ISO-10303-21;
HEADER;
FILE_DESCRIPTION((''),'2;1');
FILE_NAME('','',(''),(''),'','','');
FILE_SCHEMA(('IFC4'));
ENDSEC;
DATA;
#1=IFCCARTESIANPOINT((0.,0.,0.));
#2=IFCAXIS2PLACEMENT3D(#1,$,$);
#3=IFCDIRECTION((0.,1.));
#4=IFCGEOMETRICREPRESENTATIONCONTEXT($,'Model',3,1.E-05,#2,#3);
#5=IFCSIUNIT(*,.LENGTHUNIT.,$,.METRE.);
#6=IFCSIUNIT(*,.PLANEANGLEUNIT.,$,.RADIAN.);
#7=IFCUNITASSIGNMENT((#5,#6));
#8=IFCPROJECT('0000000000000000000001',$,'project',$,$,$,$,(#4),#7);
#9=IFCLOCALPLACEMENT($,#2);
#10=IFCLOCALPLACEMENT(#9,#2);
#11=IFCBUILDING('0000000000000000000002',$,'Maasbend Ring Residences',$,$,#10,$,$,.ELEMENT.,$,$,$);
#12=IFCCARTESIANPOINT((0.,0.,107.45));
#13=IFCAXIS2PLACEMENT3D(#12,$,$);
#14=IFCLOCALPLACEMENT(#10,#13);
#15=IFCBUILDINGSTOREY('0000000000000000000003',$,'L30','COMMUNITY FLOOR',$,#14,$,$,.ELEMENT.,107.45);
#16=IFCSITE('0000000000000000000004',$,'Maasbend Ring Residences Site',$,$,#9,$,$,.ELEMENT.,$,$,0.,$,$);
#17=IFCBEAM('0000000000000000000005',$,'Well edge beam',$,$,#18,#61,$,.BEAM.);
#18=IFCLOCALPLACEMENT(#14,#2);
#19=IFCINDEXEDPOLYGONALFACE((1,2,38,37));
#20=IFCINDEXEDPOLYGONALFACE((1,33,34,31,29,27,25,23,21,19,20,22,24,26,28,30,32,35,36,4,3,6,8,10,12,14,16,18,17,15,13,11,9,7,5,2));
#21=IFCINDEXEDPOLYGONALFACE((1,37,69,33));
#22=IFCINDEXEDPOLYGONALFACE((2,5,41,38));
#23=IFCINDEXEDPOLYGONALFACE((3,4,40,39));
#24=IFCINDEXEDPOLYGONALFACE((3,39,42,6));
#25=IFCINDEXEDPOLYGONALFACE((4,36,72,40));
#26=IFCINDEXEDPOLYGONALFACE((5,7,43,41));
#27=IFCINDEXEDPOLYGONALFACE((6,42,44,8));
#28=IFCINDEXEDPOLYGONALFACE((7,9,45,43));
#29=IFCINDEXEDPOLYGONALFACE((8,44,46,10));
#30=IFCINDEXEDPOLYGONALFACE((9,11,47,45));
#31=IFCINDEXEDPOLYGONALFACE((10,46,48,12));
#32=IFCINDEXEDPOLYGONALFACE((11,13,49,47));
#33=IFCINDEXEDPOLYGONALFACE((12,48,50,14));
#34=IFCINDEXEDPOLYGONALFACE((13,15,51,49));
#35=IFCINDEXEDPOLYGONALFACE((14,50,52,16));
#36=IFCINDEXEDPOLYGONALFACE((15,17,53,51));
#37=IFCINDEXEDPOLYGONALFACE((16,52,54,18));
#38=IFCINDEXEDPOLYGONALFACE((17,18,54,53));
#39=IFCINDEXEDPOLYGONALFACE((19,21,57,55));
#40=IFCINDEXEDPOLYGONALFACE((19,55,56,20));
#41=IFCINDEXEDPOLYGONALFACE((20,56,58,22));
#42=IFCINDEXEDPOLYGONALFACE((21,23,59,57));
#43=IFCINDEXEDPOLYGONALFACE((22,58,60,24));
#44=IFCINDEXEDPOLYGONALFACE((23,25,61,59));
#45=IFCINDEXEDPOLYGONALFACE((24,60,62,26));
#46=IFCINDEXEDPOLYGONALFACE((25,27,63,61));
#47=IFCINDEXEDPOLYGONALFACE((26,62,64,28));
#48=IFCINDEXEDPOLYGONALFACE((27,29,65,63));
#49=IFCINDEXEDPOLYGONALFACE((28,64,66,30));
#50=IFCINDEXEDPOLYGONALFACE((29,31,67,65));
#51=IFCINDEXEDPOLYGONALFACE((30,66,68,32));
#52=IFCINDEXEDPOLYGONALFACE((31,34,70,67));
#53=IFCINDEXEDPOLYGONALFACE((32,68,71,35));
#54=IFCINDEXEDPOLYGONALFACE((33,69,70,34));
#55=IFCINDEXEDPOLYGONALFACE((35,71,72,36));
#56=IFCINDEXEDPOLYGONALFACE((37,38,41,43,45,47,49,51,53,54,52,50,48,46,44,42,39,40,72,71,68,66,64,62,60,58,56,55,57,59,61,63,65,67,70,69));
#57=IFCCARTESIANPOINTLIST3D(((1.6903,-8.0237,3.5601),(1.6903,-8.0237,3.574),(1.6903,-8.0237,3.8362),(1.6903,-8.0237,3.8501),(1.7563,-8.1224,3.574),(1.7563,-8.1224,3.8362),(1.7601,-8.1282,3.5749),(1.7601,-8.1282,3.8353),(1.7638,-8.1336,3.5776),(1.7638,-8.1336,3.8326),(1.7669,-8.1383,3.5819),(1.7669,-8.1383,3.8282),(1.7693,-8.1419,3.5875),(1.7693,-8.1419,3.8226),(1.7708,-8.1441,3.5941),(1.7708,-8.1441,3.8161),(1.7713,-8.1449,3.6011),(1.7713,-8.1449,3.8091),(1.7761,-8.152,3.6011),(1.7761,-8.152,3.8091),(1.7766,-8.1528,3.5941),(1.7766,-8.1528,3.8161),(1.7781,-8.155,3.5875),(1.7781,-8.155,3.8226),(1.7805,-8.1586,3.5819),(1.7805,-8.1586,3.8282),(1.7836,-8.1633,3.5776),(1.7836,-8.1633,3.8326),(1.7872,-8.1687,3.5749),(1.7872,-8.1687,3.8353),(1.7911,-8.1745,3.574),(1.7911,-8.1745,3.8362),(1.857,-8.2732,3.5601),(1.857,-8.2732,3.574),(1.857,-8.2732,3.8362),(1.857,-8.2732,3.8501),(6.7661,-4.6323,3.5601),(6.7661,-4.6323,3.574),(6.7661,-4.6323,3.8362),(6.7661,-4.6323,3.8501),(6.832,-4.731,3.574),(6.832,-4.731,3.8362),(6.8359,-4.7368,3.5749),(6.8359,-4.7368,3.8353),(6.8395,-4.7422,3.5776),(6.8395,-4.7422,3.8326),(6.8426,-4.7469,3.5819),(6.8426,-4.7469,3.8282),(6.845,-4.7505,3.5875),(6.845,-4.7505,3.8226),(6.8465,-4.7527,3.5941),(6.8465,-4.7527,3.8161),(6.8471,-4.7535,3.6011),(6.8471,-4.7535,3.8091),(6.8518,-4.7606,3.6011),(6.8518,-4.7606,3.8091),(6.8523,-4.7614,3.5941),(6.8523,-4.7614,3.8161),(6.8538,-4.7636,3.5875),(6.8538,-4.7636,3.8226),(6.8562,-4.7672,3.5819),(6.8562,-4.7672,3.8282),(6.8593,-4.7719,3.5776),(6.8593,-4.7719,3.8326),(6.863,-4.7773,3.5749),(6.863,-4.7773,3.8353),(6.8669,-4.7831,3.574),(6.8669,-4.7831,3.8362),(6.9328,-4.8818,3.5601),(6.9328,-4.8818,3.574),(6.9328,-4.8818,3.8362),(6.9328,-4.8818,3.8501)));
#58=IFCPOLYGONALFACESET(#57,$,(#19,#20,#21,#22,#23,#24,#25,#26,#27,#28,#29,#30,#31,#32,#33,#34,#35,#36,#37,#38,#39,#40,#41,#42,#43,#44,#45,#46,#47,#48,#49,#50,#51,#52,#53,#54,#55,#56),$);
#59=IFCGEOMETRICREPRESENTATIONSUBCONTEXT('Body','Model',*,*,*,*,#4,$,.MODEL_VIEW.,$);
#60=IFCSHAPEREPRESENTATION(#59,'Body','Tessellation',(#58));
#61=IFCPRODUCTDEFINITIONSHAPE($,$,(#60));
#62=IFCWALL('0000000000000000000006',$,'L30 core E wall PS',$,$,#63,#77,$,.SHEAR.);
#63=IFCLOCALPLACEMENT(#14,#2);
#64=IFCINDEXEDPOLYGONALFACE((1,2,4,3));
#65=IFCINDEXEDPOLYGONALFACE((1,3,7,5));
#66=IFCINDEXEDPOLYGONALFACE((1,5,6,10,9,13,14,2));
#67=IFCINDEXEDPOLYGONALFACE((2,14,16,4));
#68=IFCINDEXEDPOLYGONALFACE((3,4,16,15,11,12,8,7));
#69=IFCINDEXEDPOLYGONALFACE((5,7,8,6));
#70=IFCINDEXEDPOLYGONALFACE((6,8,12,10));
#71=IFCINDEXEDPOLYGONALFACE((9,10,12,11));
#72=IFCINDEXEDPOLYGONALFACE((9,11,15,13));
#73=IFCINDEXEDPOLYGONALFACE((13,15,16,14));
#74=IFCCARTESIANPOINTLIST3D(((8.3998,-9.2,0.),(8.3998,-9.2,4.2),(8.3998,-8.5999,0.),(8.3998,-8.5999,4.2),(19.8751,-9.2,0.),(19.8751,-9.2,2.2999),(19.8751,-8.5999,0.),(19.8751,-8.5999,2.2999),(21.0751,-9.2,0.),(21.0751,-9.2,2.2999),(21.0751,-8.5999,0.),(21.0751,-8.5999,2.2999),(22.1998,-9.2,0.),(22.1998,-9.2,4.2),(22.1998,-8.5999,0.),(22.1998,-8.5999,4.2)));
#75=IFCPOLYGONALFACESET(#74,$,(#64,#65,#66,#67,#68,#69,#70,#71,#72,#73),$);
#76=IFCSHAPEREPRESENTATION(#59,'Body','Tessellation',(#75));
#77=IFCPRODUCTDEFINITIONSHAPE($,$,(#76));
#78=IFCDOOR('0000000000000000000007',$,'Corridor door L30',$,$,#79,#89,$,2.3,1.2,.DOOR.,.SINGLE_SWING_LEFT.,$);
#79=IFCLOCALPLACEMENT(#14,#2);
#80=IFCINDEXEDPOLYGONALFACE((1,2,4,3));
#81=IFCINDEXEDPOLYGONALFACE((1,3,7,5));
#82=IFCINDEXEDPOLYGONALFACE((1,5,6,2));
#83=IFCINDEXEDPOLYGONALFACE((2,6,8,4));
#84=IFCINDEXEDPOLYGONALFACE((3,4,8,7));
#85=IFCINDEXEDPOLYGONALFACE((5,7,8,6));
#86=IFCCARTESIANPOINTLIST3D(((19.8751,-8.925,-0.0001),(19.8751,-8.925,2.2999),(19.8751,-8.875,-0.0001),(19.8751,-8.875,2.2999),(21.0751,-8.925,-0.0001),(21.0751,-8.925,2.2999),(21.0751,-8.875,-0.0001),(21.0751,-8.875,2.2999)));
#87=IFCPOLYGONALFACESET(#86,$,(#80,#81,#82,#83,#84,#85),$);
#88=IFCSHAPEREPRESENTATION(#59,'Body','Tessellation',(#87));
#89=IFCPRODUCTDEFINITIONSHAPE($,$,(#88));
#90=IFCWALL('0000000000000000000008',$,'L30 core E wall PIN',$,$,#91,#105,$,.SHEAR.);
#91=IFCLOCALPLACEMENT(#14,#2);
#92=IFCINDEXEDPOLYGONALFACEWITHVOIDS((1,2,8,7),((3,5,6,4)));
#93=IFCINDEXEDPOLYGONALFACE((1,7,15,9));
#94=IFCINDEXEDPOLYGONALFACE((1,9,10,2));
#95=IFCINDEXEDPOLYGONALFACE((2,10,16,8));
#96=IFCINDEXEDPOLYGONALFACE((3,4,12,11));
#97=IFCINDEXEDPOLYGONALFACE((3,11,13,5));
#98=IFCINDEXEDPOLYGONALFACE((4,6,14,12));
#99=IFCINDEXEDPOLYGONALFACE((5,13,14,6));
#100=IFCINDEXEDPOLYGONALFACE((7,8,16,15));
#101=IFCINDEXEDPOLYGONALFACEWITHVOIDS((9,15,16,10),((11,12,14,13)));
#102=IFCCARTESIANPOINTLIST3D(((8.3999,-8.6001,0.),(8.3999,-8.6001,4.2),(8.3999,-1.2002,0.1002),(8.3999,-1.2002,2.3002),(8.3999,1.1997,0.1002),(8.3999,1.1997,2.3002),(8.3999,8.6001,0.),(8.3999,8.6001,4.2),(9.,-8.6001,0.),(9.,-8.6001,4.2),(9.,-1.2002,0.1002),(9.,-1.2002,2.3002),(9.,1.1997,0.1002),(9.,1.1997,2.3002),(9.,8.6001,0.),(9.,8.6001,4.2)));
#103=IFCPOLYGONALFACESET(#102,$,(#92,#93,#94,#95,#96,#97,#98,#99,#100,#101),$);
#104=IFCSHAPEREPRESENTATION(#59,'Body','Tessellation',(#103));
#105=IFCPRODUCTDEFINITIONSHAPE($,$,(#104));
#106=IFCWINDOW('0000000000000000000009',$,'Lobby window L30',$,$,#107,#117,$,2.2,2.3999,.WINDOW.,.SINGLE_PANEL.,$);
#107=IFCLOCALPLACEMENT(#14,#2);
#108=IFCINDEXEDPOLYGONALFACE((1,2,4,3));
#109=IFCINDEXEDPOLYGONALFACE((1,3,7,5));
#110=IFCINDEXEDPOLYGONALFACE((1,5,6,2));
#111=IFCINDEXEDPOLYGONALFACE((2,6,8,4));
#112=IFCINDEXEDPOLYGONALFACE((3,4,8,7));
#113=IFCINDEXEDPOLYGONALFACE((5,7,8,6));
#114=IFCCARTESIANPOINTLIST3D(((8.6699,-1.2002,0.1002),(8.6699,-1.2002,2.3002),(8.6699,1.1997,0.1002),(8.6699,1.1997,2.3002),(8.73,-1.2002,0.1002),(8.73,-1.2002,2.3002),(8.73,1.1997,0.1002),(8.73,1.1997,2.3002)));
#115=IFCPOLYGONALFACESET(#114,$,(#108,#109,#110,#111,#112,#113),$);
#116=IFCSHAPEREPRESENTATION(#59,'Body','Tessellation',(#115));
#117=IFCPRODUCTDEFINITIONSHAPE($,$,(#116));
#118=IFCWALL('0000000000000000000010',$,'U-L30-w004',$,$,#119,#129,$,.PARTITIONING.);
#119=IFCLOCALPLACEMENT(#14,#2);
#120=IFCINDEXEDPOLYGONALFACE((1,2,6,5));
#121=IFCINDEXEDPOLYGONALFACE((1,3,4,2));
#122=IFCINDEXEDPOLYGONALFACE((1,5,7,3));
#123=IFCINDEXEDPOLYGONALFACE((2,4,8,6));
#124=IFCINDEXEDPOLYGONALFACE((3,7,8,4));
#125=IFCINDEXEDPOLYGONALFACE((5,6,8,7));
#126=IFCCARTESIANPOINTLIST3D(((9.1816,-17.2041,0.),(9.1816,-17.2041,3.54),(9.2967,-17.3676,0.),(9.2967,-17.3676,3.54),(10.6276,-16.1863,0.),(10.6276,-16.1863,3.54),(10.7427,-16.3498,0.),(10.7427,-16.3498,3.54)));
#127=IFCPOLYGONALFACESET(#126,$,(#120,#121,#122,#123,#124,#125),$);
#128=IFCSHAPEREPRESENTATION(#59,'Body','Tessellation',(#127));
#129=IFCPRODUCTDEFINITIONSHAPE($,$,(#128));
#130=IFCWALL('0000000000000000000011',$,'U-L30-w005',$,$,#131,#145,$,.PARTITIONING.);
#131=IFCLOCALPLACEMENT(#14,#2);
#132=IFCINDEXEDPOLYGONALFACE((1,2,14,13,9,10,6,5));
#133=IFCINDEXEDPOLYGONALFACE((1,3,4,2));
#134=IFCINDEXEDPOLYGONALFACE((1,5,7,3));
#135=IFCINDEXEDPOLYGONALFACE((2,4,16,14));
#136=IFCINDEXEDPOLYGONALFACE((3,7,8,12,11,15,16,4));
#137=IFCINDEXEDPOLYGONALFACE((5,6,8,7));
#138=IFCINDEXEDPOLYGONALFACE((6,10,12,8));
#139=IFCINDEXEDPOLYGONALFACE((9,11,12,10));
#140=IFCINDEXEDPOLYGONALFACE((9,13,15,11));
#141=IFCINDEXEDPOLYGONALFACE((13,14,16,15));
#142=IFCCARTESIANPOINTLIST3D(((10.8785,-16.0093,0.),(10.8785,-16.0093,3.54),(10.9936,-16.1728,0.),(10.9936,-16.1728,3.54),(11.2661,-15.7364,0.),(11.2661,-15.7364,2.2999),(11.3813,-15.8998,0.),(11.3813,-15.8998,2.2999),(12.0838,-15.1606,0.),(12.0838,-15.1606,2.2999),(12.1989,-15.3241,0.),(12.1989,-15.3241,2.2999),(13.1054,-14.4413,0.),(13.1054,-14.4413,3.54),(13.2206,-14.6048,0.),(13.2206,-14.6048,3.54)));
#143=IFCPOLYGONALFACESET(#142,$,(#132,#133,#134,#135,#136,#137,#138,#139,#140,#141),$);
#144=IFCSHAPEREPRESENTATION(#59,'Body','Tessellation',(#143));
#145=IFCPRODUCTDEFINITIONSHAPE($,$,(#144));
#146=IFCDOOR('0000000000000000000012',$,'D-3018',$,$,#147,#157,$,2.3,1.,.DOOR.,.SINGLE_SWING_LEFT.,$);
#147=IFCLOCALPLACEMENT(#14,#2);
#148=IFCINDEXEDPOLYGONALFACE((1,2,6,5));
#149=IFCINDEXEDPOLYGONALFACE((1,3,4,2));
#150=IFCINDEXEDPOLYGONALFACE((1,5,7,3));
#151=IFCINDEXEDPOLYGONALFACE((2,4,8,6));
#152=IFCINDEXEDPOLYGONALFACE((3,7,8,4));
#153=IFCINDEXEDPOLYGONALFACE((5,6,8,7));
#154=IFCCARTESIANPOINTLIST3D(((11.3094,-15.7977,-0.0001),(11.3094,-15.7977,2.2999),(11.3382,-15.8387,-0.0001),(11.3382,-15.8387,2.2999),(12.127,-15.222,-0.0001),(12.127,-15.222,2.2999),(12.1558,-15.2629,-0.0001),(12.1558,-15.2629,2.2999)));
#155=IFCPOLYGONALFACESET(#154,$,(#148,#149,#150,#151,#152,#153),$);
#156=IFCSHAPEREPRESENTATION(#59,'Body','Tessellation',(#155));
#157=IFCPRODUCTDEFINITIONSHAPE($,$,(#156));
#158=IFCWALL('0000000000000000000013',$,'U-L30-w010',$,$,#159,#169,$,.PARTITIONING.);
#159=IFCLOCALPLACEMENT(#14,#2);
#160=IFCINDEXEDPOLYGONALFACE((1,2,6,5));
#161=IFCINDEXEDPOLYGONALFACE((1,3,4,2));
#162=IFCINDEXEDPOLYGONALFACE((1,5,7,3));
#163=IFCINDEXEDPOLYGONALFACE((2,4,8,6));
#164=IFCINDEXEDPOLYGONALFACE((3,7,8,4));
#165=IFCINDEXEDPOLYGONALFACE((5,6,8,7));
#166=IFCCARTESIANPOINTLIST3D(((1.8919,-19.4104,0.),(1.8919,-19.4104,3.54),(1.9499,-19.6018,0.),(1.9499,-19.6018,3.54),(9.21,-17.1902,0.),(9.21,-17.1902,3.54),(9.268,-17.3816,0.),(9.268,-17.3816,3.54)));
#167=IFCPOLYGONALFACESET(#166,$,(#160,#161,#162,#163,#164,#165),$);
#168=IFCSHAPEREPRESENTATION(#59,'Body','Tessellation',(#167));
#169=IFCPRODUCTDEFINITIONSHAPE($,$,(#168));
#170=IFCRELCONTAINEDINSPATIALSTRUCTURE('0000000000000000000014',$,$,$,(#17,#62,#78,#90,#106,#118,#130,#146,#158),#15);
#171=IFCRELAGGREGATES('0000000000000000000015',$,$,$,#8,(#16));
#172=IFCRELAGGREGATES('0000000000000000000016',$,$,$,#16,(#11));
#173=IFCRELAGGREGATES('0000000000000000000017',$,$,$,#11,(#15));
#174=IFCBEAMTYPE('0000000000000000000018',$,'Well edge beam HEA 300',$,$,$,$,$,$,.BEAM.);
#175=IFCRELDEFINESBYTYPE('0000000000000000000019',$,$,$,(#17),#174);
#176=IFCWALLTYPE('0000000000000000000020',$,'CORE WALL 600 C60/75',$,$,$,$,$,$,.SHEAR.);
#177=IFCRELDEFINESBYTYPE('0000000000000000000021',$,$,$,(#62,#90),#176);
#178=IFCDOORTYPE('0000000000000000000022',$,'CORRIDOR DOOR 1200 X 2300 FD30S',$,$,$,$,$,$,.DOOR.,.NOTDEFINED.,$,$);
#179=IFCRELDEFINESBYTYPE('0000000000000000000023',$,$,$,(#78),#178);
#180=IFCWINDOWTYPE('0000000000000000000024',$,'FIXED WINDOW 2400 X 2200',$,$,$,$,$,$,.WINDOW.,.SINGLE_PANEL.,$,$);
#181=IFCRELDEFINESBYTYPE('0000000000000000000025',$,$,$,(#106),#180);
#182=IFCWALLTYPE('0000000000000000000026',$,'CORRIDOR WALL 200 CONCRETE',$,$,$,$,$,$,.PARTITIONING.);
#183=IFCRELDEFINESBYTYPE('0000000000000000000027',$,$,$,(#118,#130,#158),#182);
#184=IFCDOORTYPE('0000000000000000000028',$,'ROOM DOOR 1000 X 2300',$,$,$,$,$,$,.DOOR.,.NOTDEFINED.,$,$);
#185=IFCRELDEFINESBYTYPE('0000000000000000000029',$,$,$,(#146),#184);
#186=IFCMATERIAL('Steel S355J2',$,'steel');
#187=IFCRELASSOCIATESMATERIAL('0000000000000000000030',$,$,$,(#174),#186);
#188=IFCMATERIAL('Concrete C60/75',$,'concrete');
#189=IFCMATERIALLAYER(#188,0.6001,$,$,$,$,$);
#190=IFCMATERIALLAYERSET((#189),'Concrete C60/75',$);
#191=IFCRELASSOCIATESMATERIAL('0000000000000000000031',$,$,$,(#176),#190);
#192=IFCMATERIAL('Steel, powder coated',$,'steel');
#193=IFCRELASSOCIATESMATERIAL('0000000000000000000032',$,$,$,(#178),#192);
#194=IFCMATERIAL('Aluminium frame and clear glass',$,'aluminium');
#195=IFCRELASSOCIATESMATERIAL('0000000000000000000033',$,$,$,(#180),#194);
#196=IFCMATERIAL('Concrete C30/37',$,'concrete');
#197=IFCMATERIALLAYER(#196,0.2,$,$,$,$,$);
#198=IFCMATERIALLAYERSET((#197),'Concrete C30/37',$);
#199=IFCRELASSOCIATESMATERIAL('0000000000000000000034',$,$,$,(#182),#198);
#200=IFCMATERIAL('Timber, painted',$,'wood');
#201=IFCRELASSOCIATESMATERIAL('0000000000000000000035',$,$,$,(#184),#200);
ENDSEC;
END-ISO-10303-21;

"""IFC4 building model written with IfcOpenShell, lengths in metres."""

from ifc_helpers import new_model, si_unit, direction, frame, frame_2d, origin, origin_2d, place, context, subcontext, project, spatial, rectangle, i_section, extrude, material, layer, layer_set, material_profile, profile_set, type_object, element, fill, save


model = new_model("IFC4")

# Units and contexts
model_context = context("Model", 3, precision=1e-05, world=origin(), true_north=direction((0.0, 1.0)))
body_context = subcontext(model_context, "Body", "Model", "MODEL_VIEW")
ifc_project = project(units=[si_unit("LENGTHUNIT", "METRE"), si_unit("PLANEANGLEUNIT", "RADIAN")], contexts=[model_context])

# Site, building, storey
site_placement = place(None, origin())
site = spatial("IfcSite", under=ifc_project, at=site_placement, Name="Maasbend Ring Residences Site", CompositionType="ELEMENT", RefElevation=0.0)
building_placement = place(site_placement, origin())
building = spatial("IfcBuilding", under=site, at=building_placement, Name="Maasbend Ring Residences", CompositionType="ELEMENT")
storey_placement = place(building_placement, frame((0.0, 0.0, 107.45)))
storey = spatial("IfcBuildingStorey", under=building, at=storey_placement, Name="L30", Description="COMMUNITY FLOOR", CompositionType="ELEMENT", Elevation=107.45)

# Beam
ifc_material_1 = material(Name="Steel S355J2", Category="steel")
ifc_material_profile_1 = material_profile(ifc_material_1, i_section(OverallWidth=0.3, OverallDepth=0.29, WebThickness=0.0085, FlangeThickness=0.0139, FilletRadius=0.0271, at=origin_2d()), Name="HEA 300")
ifc_profile_set_1 = profile_set([ifc_material_profile_1], Name="Steel S355J2")
beam_type_1 = type_object("IfcBeamType", Name="Well edge beam HEA 300", PredefinedType="BEAM", material=ifc_profile_set_1)
beam_1_placement = place(storey_placement, frame((1.7737, -8.1484, 3.7051), z_axis=(0.831478, 0.555558, 0.0), x_axis=(-0.555558, 0.831478, 0.0)))
element("IfcBeam", 1, at=beam_1_placement, inside=storey, type_object=beam_type_1, Name="Well edge beam", PredefinedType="BEAM", context=body_context, shape_type="SweptSolid", body=[
    extrude(i_section(OverallWidth=0.3, OverallDepth=0.29, WebThickness=0.0085, FlangeThickness=0.0139, FilletRadius=0.0271, at=origin_2d()), origin(), (0.0, 0.0, 1.0), 6.1045),
])

# Wall, opening, door
ifc_material_2 = material(Name="Concrete C60/75", Category="concrete")
ifc_layer_1 = layer(ifc_material_2, 0.6001)
ifc_layer_set_1 = layer_set([ifc_layer_1], Name="Concrete C60/75")
wall_type_1 = type_object("IfcWallType", Name="CORE WALL 600 C60/75", PredefinedType="SHEAR", material=ifc_layer_set_1)
wall_1_placement = place(storey_placement, frame((8.3999, -8.8999, 0.0), z_axis=(0.0, 0.0, 1.0), x_axis=(1.0, 0.0, 0.0)))
wall_1 = element("IfcWall", 2, at=wall_1_placement, inside=storey, type_object=wall_type_1, Name="L30 core E wall PS", PredefinedType="SHEAR", context=body_context, shape_type="SweptSolid", body=[
    extrude(rectangle(XDim=13.8, YDim=0.6001, at=frame_2d((6.8999, 0.0))), origin(), (0.0, 0.0, 1.0), 4.2),
])
opening_1_placement = place(wall_1_placement, frame((11.4751, 0.0, 0.0)))
opening_1 = element("IfcOpeningElement", 3, at=opening_1_placement, cuts=wall_1, PredefinedType="OPENING", context=body_context, shape_type="SweptSolid", body=[
    extrude(rectangle(XDim=1.2, YDim=2.3, at=frame_2d((0.6001, 1.1499))), frame((0.0, 0.3101, 0.0), z_axis=(0.0, -1.0, 0.0), x_axis=(1.0, 0.0, 0.0)), (0.0, 0.0, 1.0), 0.6201),
])
ifc_material_3 = material(Name="Steel, powder coated", Category="steel")
door_type_1 = type_object("IfcDoorType", Name="CORRIDOR DOOR 1200 X 2300 FD30S", OperationType="NOTDEFINED", PredefinedType="DOOR", material=ifc_material_3)
door_1_placement = place(opening_1_placement, origin())
door_1 = element("IfcDoor", 4, at=door_1_placement, inside=storey, type_object=door_type_1, Name="Corridor door L30", OperationType="SINGLE_SWING_LEFT", OverallHeight=2.3, OverallWidth=1.2, PredefinedType="DOOR", context=body_context, shape_type="SweptSolid", body=[
    extrude(rectangle(XDim=1.2, YDim=2.3, at=frame_2d((0.6001, 1.1499))), frame((0.0, 0.0249, 0.0), z_axis=(0.0, -1.0, 0.0), x_axis=(1.0, 0.0, 0.0)), (0.0, 0.0, 1.0), 0.05),
])
fill(opening_1, door_1)

# Wall, opening, window
wall_2_placement = place(storey_placement, frame((8.7, -8.6001, 0.0), z_axis=(0.0, 0.0, 1.0), x_axis=(0.0, 1.0, 0.0)))
wall_2 = element("IfcWall", 5, at=wall_2_placement, inside=storey, type_object=wall_type_1, Name="L30 core E wall PIN", PredefinedType="SHEAR", context=body_context, shape_type="SweptSolid", body=[
    extrude(rectangle(XDim=17.2002, YDim=0.6001, at=frame_2d((8.6001, 0.0))), origin(), (0.0, 0.0, 1.0), 4.2),
])
opening_2_placement = place(wall_2_placement, frame((7.3999, 0.0, 0.1001)))
opening_2 = element("IfcOpeningElement", 6, at=opening_2_placement, cuts=wall_2, PredefinedType="OPENING", context=body_context, shape_type="SweptSolid", body=[
    extrude(rectangle(XDim=2.3999, YDim=2.2, at=frame_2d((1.2, 1.1001))), frame((0.0, 0.3101, 0.0), z_axis=(0.0, -1.0, 0.0), x_axis=(1.0, 0.0, 0.0)), (0.0, 0.0, 1.0), 0.6201),
])
ifc_material_4 = material(Name="Aluminium frame and clear glass", Category="aluminium")
window_type = type_object("IfcWindowType", Name="FIXED WINDOW 2400 X 2200", PartitioningType="SINGLE_PANEL", PredefinedType="WINDOW", material=ifc_material_4)
window_placement = place(opening_2_placement, origin())
window = element("IfcWindow", 7, at=window_placement, inside=storey, type_object=window_type, Name="Lobby window L30", OverallHeight=2.2, OverallWidth=2.3999, PartitioningType="SINGLE_PANEL", PredefinedType="WINDOW", context=body_context, shape_type="SweptSolid", body=[
    extrude(rectangle(XDim=2.3999, YDim=2.2, at=frame_2d((1.2, 1.1001))), frame((0.0, 0.03, 0.0), z_axis=(0.0, -1.0, 0.0), x_axis=(1.0, 0.0, 0.0)), (0.0, 0.0, 1.0), 0.0601),
])
fill(opening_2, window)

# Wall
ifc_material_5 = material(Name="Concrete C30/37", Category="concrete")
ifc_layer_2 = layer(ifc_material_5, 0.2)
ifc_layer_set_2 = layer_set([ifc_layer_2], Name="Concrete C30/37")
wall_type_2 = type_object("IfcWallType", Name="CORRIDOR WALL 200 CONCRETE", PredefinedType="PARTITIONING", material=ifc_layer_set_2)
wall_3_placement = place(storey_placement, frame((9.239, -17.2859, 0.0), z_axis=(0.0, 0.0, 1.0), x_axis=(0.817744, 0.575582, 0.0)))
element("IfcWall", 8, at=wall_3_placement, inside=storey, type_object=wall_type_2, Name="U-L30-w004", PredefinedType="PARTITIONING", context=body_context, shape_type="SweptSolid", body=[
    extrude(rectangle(XDim=1.7683, YDim=0.2, at=frame_2d((0.8843, 0.0))), origin(), (0.0, 0.0, 1.0), 3.54),
])

# Wall, opening, door
wall_4_placement = place(storey_placement, frame((10.936, -16.0911, 0.0), z_axis=(0.0, 0.0, 1.0), x_axis=(0.817645, 0.575722, 0.0)))
wall_4 = element("IfcWall", 9, at=wall_4_placement, inside=storey, type_object=wall_type_2, Name="U-L30-w005", PredefinedType="PARTITIONING", context=body_context, shape_type="SweptSolid", body=[
    extrude(rectangle(XDim=2.7236, YDim=0.2, at=frame_2d((1.3618, 0.0))), origin(), (0.0, 0.0, 1.0), 3.54),
])
opening_3_placement = place(wall_4_placement, frame((0.4741, 0.0, 0.0)))
opening_3 = element("IfcOpeningElement", 10, at=opening_3_placement, cuts=wall_4, PredefinedType="OPENING", context=body_context, shape_type="SweptSolid", body=[
    extrude(rectangle(XDim=1.0, YDim=2.3, at=frame_2d((0.5, 1.1499))), frame((0.0, 0.1099, 0.0), z_axis=(0.0, -1.0, 0.0), x_axis=(1.0, 0.0, 0.0)), (0.0, 0.0, 1.0), 0.22),
])
ifc_material_6 = material(Name="Timber, painted", Category="wood")
door_type_2 = type_object("IfcDoorType", Name="ROOM DOOR 1000 X 2300", OperationType="NOTDEFINED", PredefinedType="DOOR", material=ifc_material_6)
door_2_placement = place(opening_3_placement, origin())
door_2 = element("IfcDoor", 11, at=door_2_placement, inside=storey, type_object=door_type_2, Name="D-3018", OperationType="SINGLE_SWING_LEFT", OverallHeight=2.3, OverallWidth=1.0, PredefinedType="DOOR", context=body_context, shape_type="SweptSolid", body=[
    extrude(rectangle(XDim=1.0, YDim=2.3, at=frame_2d((0.5, 1.1499))), frame((0.0, 0.0249, 0.0), z_axis=(0.0, -1.0, 0.0), x_axis=(1.0, 0.0, 0.0)), (0.0, 0.0, 1.0), 0.05),
])
fill(opening_3, door_2)

# Wall
wall_5_placement = place(storey_placement, frame((1.9209, -19.5061, 0.0), z_axis=(0.0, 0.0, 1.0), x_axis=(0.95693, 0.290319, 0.0)))
element("IfcWall", 12, at=wall_5_placement, inside=storey, type_object=wall_type_2, Name="U-L30-w010", PredefinedType="PARTITIONING", context=body_context, shape_type="SweptSolid", body=[
    extrude(rectangle(XDim=7.6475, YDim=0.2, at=frame_2d((3.8237, 0.0))), origin(), (0.0, 0.0, 1.0), 3.54),
])

save(model, "model.ifc")
